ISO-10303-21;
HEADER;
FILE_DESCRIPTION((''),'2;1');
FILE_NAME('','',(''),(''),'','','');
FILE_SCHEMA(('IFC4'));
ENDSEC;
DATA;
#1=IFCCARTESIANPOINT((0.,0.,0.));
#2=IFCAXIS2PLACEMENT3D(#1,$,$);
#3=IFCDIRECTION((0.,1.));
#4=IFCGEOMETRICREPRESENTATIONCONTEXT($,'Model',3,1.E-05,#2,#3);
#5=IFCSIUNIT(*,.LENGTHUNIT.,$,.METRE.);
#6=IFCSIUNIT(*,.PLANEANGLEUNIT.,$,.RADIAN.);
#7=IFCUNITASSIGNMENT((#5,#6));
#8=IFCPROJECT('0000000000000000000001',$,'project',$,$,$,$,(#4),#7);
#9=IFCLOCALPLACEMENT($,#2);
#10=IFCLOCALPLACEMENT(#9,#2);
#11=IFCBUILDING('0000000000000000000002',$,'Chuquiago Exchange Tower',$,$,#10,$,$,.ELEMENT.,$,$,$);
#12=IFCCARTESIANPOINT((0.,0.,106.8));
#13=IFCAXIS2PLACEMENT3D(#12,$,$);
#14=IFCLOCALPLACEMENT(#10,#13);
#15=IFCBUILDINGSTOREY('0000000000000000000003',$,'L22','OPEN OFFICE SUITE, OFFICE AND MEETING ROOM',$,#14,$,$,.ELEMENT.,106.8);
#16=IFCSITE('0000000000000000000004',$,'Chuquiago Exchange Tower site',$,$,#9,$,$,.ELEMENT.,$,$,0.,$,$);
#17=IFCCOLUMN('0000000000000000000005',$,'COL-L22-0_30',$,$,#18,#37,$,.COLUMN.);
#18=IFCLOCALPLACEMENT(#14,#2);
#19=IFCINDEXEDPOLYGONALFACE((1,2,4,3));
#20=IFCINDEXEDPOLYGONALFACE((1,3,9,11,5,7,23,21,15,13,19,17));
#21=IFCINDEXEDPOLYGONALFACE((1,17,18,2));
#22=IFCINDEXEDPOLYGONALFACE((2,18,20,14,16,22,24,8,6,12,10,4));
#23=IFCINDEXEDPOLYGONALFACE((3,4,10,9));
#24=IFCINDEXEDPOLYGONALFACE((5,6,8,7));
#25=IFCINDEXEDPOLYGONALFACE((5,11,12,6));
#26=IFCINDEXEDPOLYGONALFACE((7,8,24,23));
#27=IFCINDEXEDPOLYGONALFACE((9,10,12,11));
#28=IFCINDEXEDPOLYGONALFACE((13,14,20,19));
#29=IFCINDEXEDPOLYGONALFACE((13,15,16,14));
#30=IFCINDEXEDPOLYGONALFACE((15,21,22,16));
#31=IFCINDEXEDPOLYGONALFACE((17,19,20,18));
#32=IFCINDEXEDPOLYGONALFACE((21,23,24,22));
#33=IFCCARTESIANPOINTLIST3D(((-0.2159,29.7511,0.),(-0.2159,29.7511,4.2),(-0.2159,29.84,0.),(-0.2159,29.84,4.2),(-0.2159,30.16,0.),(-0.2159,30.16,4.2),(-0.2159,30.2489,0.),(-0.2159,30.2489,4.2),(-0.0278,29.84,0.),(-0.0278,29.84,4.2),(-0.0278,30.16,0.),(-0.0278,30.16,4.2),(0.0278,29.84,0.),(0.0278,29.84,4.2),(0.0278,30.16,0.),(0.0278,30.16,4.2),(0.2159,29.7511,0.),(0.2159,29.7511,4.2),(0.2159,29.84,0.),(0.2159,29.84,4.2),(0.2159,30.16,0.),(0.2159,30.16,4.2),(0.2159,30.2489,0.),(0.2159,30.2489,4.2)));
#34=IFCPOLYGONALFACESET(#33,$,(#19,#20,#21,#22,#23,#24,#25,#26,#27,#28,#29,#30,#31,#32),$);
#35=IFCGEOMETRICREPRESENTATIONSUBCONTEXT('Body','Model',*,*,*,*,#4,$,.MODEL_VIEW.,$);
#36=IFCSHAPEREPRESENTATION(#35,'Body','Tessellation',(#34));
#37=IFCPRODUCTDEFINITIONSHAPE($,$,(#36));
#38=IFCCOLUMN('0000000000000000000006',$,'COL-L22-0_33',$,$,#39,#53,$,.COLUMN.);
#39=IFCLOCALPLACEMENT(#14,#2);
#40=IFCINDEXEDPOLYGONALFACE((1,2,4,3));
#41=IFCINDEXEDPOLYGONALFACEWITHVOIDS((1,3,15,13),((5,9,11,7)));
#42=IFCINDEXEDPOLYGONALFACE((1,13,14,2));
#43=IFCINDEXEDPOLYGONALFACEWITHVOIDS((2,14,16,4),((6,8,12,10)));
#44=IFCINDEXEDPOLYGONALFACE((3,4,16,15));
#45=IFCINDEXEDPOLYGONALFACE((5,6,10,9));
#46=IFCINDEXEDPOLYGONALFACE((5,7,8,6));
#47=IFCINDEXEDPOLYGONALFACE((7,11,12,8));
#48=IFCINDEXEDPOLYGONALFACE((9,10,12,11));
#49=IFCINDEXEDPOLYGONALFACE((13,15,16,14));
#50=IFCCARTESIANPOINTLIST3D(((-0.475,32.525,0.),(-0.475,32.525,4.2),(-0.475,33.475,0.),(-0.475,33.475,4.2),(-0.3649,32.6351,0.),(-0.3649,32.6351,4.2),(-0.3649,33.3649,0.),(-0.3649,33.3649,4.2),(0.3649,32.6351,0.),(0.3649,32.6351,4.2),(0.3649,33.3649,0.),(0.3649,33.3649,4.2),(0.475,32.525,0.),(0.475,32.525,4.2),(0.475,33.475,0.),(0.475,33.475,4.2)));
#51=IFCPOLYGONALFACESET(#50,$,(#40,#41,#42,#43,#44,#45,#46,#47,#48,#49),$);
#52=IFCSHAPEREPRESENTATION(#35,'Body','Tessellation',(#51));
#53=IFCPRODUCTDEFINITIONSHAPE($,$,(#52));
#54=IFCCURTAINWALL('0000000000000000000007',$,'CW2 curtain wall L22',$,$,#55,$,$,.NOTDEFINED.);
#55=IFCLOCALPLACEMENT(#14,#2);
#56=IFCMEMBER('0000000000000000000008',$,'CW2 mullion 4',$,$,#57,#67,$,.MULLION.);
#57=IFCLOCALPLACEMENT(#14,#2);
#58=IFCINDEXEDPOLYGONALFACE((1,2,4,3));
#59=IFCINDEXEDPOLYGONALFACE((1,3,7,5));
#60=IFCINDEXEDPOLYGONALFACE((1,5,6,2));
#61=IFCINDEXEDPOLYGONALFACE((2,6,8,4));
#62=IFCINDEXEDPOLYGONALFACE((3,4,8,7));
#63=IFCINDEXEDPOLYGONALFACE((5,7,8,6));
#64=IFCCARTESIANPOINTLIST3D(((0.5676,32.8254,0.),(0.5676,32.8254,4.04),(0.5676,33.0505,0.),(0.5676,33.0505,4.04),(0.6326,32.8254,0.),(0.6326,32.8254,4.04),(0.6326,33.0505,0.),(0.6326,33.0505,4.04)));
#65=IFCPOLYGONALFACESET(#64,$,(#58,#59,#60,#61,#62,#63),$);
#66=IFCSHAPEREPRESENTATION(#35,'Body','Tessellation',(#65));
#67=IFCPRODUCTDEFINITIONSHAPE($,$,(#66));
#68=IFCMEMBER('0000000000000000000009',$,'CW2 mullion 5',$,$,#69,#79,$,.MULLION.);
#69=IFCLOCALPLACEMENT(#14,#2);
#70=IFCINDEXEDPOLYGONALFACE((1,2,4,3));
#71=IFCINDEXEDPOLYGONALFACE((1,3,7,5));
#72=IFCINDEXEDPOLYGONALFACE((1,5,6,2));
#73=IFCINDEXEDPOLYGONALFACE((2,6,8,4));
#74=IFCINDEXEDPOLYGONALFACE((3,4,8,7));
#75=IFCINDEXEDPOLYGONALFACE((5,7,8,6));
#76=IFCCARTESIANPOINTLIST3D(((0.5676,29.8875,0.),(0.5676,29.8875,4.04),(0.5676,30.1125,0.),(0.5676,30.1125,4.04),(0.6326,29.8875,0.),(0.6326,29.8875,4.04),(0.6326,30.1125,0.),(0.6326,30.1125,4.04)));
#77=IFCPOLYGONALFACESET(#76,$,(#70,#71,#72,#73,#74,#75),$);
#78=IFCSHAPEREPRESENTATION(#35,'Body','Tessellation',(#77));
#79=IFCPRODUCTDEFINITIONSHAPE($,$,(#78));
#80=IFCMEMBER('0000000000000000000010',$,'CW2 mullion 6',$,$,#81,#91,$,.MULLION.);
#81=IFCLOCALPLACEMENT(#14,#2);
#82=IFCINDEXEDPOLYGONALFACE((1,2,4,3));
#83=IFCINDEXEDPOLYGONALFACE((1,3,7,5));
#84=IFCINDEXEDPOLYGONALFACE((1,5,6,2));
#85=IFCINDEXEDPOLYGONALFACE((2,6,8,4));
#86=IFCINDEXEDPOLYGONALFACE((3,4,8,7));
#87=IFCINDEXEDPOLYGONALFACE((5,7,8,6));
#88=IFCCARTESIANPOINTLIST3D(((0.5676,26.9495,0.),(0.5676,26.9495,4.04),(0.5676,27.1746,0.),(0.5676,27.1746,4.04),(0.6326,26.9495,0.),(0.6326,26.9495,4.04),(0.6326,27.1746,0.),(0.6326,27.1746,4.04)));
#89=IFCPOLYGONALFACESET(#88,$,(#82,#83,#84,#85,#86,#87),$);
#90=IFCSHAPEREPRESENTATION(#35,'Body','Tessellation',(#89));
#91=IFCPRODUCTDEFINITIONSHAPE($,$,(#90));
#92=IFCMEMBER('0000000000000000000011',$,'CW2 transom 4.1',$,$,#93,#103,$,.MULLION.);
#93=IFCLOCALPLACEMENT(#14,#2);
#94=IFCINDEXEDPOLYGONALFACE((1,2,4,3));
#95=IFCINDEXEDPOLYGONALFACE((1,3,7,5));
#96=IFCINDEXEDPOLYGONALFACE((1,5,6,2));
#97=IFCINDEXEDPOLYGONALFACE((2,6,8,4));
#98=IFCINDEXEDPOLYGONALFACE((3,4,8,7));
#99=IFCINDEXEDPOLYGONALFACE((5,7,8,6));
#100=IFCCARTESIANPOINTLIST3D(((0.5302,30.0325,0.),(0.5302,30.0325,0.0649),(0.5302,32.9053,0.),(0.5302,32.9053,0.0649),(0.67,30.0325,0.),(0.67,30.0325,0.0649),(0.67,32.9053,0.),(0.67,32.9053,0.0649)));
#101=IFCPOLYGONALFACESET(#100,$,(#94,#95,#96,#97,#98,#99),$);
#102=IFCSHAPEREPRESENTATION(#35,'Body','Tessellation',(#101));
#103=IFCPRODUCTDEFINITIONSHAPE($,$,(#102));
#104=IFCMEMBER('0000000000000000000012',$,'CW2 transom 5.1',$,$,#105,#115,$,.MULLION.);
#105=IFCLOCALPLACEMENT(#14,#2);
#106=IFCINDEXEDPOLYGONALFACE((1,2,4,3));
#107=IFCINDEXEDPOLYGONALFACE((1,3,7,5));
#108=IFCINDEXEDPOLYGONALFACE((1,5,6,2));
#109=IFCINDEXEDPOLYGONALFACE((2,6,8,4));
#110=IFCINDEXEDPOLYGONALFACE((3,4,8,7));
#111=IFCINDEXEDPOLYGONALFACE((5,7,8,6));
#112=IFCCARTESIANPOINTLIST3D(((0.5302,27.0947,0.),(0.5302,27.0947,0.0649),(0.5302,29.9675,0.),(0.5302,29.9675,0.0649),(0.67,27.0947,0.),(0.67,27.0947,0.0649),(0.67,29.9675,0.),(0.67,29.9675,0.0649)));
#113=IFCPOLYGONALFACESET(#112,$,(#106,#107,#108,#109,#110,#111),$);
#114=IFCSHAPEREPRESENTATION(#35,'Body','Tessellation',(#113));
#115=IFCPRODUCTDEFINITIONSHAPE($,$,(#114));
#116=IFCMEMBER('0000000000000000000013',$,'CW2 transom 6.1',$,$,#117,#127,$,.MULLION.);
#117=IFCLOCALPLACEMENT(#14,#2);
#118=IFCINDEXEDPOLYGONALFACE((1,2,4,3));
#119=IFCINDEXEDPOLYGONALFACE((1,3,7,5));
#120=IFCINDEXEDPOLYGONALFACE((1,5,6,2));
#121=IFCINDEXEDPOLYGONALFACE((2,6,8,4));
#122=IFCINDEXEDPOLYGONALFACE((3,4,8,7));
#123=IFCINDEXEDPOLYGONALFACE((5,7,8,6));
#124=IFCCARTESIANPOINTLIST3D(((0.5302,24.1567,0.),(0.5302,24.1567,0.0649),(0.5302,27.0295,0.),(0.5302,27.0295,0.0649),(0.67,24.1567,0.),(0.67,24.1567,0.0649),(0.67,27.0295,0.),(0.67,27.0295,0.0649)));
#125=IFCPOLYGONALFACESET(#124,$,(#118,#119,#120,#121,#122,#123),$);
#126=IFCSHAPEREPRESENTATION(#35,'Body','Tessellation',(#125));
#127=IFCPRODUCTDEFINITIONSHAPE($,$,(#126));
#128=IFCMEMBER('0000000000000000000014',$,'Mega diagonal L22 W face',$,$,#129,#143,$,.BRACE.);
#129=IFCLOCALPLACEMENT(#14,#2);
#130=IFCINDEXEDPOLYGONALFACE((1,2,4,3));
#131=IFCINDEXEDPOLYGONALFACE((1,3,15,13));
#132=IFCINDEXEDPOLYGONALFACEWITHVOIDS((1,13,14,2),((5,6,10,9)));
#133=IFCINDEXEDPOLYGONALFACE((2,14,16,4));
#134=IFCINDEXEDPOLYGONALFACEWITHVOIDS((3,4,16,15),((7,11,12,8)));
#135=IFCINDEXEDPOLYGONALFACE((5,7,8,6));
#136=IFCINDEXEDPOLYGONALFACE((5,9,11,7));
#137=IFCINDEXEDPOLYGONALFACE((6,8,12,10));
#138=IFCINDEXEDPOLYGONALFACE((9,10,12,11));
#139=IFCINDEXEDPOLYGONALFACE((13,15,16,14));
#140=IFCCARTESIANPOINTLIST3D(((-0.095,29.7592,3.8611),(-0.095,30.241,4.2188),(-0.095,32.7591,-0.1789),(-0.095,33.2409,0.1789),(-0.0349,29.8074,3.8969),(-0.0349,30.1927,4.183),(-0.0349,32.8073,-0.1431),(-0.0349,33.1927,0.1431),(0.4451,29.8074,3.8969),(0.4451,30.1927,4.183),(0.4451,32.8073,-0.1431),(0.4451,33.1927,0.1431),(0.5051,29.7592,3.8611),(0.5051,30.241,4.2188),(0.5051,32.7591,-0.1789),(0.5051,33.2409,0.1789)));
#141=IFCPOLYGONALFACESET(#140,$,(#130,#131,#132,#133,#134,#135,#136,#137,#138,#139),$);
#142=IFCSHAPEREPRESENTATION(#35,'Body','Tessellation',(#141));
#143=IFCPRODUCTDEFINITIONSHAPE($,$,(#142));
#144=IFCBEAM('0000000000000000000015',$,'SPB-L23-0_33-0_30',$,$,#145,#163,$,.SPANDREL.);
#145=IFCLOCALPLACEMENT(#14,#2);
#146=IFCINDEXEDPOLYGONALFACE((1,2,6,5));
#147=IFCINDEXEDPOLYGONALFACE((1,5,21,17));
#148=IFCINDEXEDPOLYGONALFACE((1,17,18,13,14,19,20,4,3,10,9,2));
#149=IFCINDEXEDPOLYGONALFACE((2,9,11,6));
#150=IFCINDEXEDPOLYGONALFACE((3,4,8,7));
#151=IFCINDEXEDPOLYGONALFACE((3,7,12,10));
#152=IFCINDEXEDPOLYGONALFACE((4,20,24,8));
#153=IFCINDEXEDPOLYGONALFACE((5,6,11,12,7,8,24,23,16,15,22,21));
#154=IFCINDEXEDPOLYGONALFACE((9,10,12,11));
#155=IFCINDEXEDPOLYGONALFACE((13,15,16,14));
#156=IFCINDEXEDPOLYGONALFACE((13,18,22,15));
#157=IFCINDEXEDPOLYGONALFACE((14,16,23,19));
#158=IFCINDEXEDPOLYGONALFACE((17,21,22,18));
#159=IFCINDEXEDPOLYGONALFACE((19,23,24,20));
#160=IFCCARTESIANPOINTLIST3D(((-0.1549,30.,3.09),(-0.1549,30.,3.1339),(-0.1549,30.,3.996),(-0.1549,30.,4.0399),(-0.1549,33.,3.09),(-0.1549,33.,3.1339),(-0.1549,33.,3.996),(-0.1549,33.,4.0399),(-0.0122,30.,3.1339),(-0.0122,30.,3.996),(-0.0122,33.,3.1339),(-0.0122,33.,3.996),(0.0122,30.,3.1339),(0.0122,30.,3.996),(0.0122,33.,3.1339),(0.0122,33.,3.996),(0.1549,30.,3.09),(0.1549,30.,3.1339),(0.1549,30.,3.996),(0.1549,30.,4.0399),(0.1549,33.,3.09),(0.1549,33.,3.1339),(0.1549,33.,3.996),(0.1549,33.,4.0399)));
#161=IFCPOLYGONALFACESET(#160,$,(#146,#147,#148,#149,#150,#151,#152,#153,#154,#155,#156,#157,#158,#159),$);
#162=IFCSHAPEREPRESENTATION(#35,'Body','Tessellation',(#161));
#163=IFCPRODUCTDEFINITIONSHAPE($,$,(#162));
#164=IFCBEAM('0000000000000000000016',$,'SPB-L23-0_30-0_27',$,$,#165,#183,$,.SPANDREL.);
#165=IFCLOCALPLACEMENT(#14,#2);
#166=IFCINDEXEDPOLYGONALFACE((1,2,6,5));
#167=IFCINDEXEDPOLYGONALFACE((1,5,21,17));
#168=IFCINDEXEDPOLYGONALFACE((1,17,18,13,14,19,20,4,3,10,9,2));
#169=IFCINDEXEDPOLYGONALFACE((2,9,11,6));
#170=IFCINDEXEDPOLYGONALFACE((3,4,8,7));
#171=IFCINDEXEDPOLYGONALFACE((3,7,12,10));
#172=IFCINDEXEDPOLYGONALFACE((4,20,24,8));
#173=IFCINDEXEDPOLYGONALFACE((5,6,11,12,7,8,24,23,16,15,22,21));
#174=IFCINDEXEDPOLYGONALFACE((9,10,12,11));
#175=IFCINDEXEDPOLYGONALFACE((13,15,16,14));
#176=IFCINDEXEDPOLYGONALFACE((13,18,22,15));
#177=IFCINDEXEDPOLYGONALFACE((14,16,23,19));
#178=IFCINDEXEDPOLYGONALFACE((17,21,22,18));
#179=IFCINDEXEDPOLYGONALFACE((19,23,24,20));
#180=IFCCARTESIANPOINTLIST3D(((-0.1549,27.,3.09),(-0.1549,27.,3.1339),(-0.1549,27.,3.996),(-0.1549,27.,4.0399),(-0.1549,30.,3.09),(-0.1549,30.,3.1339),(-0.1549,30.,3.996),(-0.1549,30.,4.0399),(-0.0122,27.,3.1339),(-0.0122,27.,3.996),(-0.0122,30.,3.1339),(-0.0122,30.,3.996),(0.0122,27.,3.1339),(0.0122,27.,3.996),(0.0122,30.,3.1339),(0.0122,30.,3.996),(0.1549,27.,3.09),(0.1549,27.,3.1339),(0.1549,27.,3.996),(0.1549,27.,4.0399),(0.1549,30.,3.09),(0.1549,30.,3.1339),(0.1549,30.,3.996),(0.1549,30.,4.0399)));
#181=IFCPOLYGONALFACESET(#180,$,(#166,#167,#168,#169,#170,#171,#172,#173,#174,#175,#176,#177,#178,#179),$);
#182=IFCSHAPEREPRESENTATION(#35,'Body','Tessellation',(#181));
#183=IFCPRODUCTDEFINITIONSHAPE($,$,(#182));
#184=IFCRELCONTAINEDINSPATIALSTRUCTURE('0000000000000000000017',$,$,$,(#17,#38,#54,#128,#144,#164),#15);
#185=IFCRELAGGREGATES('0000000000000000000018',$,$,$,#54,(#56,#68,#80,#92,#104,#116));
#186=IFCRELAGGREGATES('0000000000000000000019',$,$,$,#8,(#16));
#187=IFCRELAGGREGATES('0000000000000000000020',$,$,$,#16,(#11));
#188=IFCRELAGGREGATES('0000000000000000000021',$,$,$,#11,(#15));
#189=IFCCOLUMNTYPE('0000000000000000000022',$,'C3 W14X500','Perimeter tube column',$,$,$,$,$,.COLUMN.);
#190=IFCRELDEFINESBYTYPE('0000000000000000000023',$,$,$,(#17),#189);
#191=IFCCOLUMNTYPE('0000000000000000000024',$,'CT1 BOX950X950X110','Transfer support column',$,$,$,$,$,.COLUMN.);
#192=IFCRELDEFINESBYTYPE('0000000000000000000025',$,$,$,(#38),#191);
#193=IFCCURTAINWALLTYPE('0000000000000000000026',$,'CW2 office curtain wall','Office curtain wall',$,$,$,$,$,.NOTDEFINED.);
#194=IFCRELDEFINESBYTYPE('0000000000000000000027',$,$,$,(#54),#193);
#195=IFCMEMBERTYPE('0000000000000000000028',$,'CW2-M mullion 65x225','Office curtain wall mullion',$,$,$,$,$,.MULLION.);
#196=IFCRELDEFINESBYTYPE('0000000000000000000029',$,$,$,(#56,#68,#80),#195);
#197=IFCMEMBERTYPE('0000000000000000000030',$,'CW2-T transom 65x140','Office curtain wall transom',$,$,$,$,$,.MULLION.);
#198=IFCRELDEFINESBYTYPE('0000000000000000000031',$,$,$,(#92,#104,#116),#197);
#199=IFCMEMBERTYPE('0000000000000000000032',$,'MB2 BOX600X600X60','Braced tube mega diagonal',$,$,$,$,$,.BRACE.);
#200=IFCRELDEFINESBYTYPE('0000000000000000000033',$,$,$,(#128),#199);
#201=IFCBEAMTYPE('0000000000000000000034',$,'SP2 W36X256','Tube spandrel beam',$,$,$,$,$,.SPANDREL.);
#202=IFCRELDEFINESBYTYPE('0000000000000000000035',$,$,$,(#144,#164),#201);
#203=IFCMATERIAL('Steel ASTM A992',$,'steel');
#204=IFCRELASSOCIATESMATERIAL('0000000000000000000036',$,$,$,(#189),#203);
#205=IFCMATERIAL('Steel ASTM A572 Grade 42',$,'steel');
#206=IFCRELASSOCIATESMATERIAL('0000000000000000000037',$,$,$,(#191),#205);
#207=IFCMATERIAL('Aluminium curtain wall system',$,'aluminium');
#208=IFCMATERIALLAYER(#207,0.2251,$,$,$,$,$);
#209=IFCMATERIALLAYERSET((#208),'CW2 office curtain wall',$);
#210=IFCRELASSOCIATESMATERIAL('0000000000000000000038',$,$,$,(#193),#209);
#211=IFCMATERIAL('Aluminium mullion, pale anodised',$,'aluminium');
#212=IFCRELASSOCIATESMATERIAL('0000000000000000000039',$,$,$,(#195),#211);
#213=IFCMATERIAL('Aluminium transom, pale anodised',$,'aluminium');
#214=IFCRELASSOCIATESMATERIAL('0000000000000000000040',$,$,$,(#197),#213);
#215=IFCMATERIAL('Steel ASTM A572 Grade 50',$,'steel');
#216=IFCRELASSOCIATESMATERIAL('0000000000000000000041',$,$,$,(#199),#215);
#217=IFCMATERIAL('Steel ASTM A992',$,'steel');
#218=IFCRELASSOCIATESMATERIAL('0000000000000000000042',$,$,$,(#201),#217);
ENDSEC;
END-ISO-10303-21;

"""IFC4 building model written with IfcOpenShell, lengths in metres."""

from ifc_helpers import new_model, si_unit, direction, frame, origin, origin_2d, place, context, subcontext, project, spatial, rectangle, hollow_rectangle, i_section, extrude, material, layer, layer_set, material_profile, profile_set, type_object, element, aggregate, save


model = new_model("IFC4")

# Units and contexts
model_context = context("Model", 3, precision=1e-05, world=origin(), true_north=direction((0.0, 1.0)))
body_context = subcontext(model_context, "Body", "Model", "MODEL_VIEW")
ifc_project = project(units=[si_unit("LENGTHUNIT", "METRE"), si_unit("PLANEANGLEUNIT", "RADIAN")], contexts=[model_context])

# Site, building, storey
site_placement = place(None, origin())
site = spatial("IfcSite", under=ifc_project, at=site_placement, Name="Chuquiago Exchange Tower site", CompositionType="ELEMENT", RefElevation=0.0)
building_placement = place(site_placement, origin())
building = spatial("IfcBuilding", under=site, at=building_placement, Name="Chuquiago Exchange Tower", CompositionType="ELEMENT")
storey_placement = place(building_placement, frame((0.0, 0.0, 106.8)))
storey = spatial("IfcBuildingStorey", under=building, at=storey_placement, Name="L22", Description="OPEN OFFICE SUITE, OFFICE AND MEETING ROOM", CompositionType="ELEMENT", Elevation=106.8)

# Columns
ifc_material_1 = material(Name="Steel ASTM A992", Category="steel")
ifc_material_profile_1 = material_profile(ifc_material_1, i_section(OverallWidth=0.4319, OverallDepth=0.4978, WebThickness=0.0557, FlangeThickness=0.0889, at=origin_2d()), Name="W14X500")
ifc_profile_set_1 = profile_set([ifc_material_profile_1], Name="Steel ASTM A992")
column_type_1 = type_object("IfcColumnType", Name="C3 W14X500", Description="Perimeter tube column", PredefinedType="COLUMN", material=ifc_profile_set_1)
column_1_placement = place(storey_placement, frame((0.0, 30.0, 0.0), z_axis=(0.0, 0.0, 1.0), x_axis=(-1.0, 0.0, 0.0)))
element("IfcColumn", 1, at=column_1_placement, inside=storey, type_object=column_type_1, Name="COL-L22-0_30", PredefinedType="COLUMN", context=body_context, shape_type="SweptSolid", body=[
    extrude(i_section(OverallWidth=0.4319, OverallDepth=0.4978, WebThickness=0.0557, FlangeThickness=0.0889, at=origin_2d()), origin(), (0.0, 0.0, 1.0), 4.2),
])
ifc_material_2 = material(Name="Steel ASTM A572 Grade 42", Category="steel")
ifc_material_profile_2 = material_profile(ifc_material_2, hollow_rectangle(XDim=0.95, YDim=0.95, WallThickness=0.1101, at=origin_2d()), Name="BOX950X950X110")
ifc_profile_set_2 = profile_set([ifc_material_profile_2], Name="Steel ASTM A572 Grade 42")
column_type_2 = type_object("IfcColumnType", Name="CT1 BOX950X950X110", Description="Transfer support column", PredefinedType="COLUMN", material=ifc_profile_set_2)
column_2_placement = place(storey_placement, frame((0.0, 33.0, 0.0), z_axis=(0.0, 0.0, 1.0), x_axis=(-1.0, 0.0, 0.0)))
element("IfcColumn", 2, at=column_2_placement, inside=storey, type_object=column_type_2, Name="COL-L22-0_33", PredefinedType="COLUMN", context=body_context, shape_type="SweptSolid", body=[
    extrude(hollow_rectangle(XDim=0.95, YDim=0.95, WallThickness=0.1101, at=origin_2d()), origin(), (0.0, 0.0, 1.0), 4.2),
])

# Curtain wall, members
ifc_material_3 = material(Name="Aluminium curtain wall system", Category="aluminium")
ifc_layer_1 = layer(ifc_material_3, 0.2251)
ifc_layer_set_1 = layer_set([ifc_layer_1], Name="CW2 office curtain wall")
curtain_wall_type = type_object("IfcCurtainWallType", Name="CW2 office curtain wall", Description="Office curtain wall", PredefinedType="NOTDEFINED", material=ifc_layer_set_1)
curtain_wall_placement = place(storey_placement, origin())
curtain_wall = element("IfcCurtainWall", 3, at=curtain_wall_placement, inside=storey, type_object=curtain_wall_type, Name="CW2 curtain wall L22", PredefinedType="NOTDEFINED")
ifc_material_4 = material(Name="Aluminium mullion, pale anodised", Category="aluminium")
ifc_material_profile_3 = material_profile(ifc_material_4, rectangle(XDim=0.0649, YDim=0.2251, at=origin_2d()), Name="AL 65x225")
ifc_profile_set_3 = profile_set([ifc_material_profile_3], Name="Aluminium mullion, pale anodised")
member_type_1 = type_object("IfcMemberType", Name="CW2-M mullion 65x225", Description="Office curtain wall mullion", PredefinedType="MULLION", material=ifc_profile_set_3)
member_1_placement = place(storey_placement, frame((0.6001, 32.938, 0.0), z_axis=(0.0, 0.0, 1.0), x_axis=(1.0, 0.0, 0.0)))
member_1 = element("IfcMember", 4, at=member_1_placement, type_object=member_type_1, Name="CW2 mullion 4", PredefinedType="MULLION", context=body_context, shape_type="SweptSolid", body=[
    extrude(rectangle(XDim=0.0649, YDim=0.2251, at=origin_2d()), origin(), (0.0, 0.0, 1.0), 4.04),
])
member_2_placement = place(storey_placement, frame((0.6001, 30.0, 0.0), z_axis=(0.0, 0.0, 1.0), x_axis=(1.0, 0.0, 0.0)))
member_2 = element("IfcMember", 5, at=member_2_placement, type_object=member_type_1, Name="CW2 mullion 5", PredefinedType="MULLION", context=body_context, shape_type="SweptSolid", body=[
    extrude(rectangle(XDim=0.0649, YDim=0.2251, at=origin_2d()), origin(), (0.0, 0.0, 1.0), 4.04),
])
member_3_placement = place(storey_placement, frame((0.6001, 27.062, 0.0), z_axis=(0.0, 0.0, 1.0), x_axis=(1.0, 0.0, 0.0)))
member_3 = element("IfcMember", 6, at=member_3_placement, type_object=member_type_1, Name="CW2 mullion 6", PredefinedType="MULLION", context=body_context, shape_type="SweptSolid", body=[
    extrude(rectangle(XDim=0.0649, YDim=0.2251, at=origin_2d()), origin(), (0.0, 0.0, 1.0), 4.04),
])
ifc_material_5 = material(Name="Aluminium transom, pale anodised", Category="aluminium")
ifc_material_profile_4 = material_profile(ifc_material_5, rectangle(XDim=0.1399, YDim=0.0649, at=origin_2d()), Name="AL 140x65")
ifc_profile_set_4 = profile_set([ifc_material_profile_4], Name="Aluminium transom, pale anodised")
member_type_2 = type_object("IfcMemberType", Name="CW2-T transom 65x140", Description="Office curtain wall transom", PredefinedType="MULLION", material=ifc_profile_set_4)
member_4_placement = place(storey_placement, frame((0.6001, 32.9053, 0.0325), z_axis=(0.0, -1.0, 0.0), x_axis=(1.0, 0.0, 0.0)))
member_4 = element("IfcMember", 7, at=member_4_placement, type_object=member_type_2, Name="CW2 transom 4.1", PredefinedType="MULLION", context=body_context, shape_type="SweptSolid", body=[
    extrude(rectangle(XDim=0.1399, YDim=0.0649, at=origin_2d()), origin(), (0.0, 0.0, 1.0), 2.8728),
])
member_5_placement = place(storey_placement, frame((0.6001, 29.9675, 0.0325), z_axis=(0.0, -1.0, 0.0), x_axis=(1.0, 0.0, 0.0)))
member_5 = element("IfcMember", 8, at=member_5_placement, type_object=member_type_2, Name="CW2 transom 5.1", PredefinedType="MULLION", context=body_context, shape_type="SweptSolid", body=[
    extrude(rectangle(XDim=0.1399, YDim=0.0649, at=origin_2d()), origin(), (0.0, 0.0, 1.0), 2.8728),
])
member_6_placement = place(storey_placement, frame((0.6001, 27.0295, 0.0325), z_axis=(0.0, -1.0, 0.0), x_axis=(1.0, 0.0, 0.0)))
member_6 = element("IfcMember", 9, at=member_6_placement, type_object=member_type_2, Name="CW2 transom 6.1", PredefinedType="MULLION", context=body_context, shape_type="SweptSolid", body=[
    extrude(rectangle(XDim=0.1399, YDim=0.0649, at=origin_2d()), origin(), (0.0, 0.0, 1.0), 2.8728),
])

# Member
ifc_material_6 = material(Name="Steel ASTM A572 Grade 50", Category="steel")
ifc_material_profile_5 = material_profile(ifc_material_6, hollow_rectangle(XDim=0.6001, YDim=0.6001, WallThickness=0.0601, at=origin_2d()), Name="BOX600X600X60")
ifc_profile_set_5 = profile_set([ifc_material_profile_5], Name="Steel ASTM A572 Grade 50")
member_type_3 = type_object("IfcMemberType", Name="MB2 BOX600X600X60", Description="Braced tube mega diagonal", PredefinedType="BRACE", material=ifc_profile_set_5)
member_7_placement = place(storey_placement, frame((0.2051, 33.0, 0.0), z_axis=(0.0, -0.596174, 0.802855), x_axis=(1.0, 0.0, 0.0)))
element("IfcMember", 10, at=member_7_placement, inside=storey, type_object=member_type_3, Name="Mega diagonal L22 W face", PredefinedType="BRACE", context=body_context, shape_type="SweptSolid", body=[
    extrude(hollow_rectangle(XDim=0.6001, YDim=0.6001, WallThickness=0.0601, at=origin_2d()), origin(), (0.0, 0.0, 1.0), 5.032),
])

# Beams
ifc_material_7 = material(Name="Steel ASTM A992", Category="steel")
ifc_material_profile_6 = material_profile(ifc_material_7, i_section(OverallWidth=0.3098, OverallDepth=0.95, WebThickness=0.0244, FlangeThickness=0.0439, at=origin_2d()), Name="W36X256")
ifc_profile_set_6 = profile_set([ifc_material_profile_6], Name="Steel ASTM A992")
beam_type = type_object("IfcBeamType", Name="SP2 W36X256", Description="Tube spandrel beam", PredefinedType="SPANDREL", material=ifc_profile_set_6)
for number, where, z_axis, x_axis, name in (
    (11, (0.0, 33.0, 3.5649), (0.0, -1.0, 0.0), (1.0, 0.0, 0.0), "SPB-L23-0_33-0_30"),
    (12, (0.0, 30.0, 3.5649), (0.0, -1.0, 0.0), (1.0, 0.0, 0.0), "SPB-L23-0_30-0_27"),
):
    element("IfcBeam", number, at=place(storey_placement, frame(where, z_axis=z_axis, x_axis=x_axis)), inside=storey, type_object=beam_type, Name=name, PredefinedType="SPANDREL", context=body_context, shape_type="SweptSolid", body=[
        extrude(i_section(OverallWidth=0.3098, OverallDepth=0.95, WebThickness=0.0244, FlangeThickness=0.0439, at=origin_2d()), origin(), (0.0, 0.0, 1.0), 3.0),
    ])

aggregate(curtain_wall, [member_1, member_2, member_3, member_4, member_5, member_6])

save(model, "model.ifc")
